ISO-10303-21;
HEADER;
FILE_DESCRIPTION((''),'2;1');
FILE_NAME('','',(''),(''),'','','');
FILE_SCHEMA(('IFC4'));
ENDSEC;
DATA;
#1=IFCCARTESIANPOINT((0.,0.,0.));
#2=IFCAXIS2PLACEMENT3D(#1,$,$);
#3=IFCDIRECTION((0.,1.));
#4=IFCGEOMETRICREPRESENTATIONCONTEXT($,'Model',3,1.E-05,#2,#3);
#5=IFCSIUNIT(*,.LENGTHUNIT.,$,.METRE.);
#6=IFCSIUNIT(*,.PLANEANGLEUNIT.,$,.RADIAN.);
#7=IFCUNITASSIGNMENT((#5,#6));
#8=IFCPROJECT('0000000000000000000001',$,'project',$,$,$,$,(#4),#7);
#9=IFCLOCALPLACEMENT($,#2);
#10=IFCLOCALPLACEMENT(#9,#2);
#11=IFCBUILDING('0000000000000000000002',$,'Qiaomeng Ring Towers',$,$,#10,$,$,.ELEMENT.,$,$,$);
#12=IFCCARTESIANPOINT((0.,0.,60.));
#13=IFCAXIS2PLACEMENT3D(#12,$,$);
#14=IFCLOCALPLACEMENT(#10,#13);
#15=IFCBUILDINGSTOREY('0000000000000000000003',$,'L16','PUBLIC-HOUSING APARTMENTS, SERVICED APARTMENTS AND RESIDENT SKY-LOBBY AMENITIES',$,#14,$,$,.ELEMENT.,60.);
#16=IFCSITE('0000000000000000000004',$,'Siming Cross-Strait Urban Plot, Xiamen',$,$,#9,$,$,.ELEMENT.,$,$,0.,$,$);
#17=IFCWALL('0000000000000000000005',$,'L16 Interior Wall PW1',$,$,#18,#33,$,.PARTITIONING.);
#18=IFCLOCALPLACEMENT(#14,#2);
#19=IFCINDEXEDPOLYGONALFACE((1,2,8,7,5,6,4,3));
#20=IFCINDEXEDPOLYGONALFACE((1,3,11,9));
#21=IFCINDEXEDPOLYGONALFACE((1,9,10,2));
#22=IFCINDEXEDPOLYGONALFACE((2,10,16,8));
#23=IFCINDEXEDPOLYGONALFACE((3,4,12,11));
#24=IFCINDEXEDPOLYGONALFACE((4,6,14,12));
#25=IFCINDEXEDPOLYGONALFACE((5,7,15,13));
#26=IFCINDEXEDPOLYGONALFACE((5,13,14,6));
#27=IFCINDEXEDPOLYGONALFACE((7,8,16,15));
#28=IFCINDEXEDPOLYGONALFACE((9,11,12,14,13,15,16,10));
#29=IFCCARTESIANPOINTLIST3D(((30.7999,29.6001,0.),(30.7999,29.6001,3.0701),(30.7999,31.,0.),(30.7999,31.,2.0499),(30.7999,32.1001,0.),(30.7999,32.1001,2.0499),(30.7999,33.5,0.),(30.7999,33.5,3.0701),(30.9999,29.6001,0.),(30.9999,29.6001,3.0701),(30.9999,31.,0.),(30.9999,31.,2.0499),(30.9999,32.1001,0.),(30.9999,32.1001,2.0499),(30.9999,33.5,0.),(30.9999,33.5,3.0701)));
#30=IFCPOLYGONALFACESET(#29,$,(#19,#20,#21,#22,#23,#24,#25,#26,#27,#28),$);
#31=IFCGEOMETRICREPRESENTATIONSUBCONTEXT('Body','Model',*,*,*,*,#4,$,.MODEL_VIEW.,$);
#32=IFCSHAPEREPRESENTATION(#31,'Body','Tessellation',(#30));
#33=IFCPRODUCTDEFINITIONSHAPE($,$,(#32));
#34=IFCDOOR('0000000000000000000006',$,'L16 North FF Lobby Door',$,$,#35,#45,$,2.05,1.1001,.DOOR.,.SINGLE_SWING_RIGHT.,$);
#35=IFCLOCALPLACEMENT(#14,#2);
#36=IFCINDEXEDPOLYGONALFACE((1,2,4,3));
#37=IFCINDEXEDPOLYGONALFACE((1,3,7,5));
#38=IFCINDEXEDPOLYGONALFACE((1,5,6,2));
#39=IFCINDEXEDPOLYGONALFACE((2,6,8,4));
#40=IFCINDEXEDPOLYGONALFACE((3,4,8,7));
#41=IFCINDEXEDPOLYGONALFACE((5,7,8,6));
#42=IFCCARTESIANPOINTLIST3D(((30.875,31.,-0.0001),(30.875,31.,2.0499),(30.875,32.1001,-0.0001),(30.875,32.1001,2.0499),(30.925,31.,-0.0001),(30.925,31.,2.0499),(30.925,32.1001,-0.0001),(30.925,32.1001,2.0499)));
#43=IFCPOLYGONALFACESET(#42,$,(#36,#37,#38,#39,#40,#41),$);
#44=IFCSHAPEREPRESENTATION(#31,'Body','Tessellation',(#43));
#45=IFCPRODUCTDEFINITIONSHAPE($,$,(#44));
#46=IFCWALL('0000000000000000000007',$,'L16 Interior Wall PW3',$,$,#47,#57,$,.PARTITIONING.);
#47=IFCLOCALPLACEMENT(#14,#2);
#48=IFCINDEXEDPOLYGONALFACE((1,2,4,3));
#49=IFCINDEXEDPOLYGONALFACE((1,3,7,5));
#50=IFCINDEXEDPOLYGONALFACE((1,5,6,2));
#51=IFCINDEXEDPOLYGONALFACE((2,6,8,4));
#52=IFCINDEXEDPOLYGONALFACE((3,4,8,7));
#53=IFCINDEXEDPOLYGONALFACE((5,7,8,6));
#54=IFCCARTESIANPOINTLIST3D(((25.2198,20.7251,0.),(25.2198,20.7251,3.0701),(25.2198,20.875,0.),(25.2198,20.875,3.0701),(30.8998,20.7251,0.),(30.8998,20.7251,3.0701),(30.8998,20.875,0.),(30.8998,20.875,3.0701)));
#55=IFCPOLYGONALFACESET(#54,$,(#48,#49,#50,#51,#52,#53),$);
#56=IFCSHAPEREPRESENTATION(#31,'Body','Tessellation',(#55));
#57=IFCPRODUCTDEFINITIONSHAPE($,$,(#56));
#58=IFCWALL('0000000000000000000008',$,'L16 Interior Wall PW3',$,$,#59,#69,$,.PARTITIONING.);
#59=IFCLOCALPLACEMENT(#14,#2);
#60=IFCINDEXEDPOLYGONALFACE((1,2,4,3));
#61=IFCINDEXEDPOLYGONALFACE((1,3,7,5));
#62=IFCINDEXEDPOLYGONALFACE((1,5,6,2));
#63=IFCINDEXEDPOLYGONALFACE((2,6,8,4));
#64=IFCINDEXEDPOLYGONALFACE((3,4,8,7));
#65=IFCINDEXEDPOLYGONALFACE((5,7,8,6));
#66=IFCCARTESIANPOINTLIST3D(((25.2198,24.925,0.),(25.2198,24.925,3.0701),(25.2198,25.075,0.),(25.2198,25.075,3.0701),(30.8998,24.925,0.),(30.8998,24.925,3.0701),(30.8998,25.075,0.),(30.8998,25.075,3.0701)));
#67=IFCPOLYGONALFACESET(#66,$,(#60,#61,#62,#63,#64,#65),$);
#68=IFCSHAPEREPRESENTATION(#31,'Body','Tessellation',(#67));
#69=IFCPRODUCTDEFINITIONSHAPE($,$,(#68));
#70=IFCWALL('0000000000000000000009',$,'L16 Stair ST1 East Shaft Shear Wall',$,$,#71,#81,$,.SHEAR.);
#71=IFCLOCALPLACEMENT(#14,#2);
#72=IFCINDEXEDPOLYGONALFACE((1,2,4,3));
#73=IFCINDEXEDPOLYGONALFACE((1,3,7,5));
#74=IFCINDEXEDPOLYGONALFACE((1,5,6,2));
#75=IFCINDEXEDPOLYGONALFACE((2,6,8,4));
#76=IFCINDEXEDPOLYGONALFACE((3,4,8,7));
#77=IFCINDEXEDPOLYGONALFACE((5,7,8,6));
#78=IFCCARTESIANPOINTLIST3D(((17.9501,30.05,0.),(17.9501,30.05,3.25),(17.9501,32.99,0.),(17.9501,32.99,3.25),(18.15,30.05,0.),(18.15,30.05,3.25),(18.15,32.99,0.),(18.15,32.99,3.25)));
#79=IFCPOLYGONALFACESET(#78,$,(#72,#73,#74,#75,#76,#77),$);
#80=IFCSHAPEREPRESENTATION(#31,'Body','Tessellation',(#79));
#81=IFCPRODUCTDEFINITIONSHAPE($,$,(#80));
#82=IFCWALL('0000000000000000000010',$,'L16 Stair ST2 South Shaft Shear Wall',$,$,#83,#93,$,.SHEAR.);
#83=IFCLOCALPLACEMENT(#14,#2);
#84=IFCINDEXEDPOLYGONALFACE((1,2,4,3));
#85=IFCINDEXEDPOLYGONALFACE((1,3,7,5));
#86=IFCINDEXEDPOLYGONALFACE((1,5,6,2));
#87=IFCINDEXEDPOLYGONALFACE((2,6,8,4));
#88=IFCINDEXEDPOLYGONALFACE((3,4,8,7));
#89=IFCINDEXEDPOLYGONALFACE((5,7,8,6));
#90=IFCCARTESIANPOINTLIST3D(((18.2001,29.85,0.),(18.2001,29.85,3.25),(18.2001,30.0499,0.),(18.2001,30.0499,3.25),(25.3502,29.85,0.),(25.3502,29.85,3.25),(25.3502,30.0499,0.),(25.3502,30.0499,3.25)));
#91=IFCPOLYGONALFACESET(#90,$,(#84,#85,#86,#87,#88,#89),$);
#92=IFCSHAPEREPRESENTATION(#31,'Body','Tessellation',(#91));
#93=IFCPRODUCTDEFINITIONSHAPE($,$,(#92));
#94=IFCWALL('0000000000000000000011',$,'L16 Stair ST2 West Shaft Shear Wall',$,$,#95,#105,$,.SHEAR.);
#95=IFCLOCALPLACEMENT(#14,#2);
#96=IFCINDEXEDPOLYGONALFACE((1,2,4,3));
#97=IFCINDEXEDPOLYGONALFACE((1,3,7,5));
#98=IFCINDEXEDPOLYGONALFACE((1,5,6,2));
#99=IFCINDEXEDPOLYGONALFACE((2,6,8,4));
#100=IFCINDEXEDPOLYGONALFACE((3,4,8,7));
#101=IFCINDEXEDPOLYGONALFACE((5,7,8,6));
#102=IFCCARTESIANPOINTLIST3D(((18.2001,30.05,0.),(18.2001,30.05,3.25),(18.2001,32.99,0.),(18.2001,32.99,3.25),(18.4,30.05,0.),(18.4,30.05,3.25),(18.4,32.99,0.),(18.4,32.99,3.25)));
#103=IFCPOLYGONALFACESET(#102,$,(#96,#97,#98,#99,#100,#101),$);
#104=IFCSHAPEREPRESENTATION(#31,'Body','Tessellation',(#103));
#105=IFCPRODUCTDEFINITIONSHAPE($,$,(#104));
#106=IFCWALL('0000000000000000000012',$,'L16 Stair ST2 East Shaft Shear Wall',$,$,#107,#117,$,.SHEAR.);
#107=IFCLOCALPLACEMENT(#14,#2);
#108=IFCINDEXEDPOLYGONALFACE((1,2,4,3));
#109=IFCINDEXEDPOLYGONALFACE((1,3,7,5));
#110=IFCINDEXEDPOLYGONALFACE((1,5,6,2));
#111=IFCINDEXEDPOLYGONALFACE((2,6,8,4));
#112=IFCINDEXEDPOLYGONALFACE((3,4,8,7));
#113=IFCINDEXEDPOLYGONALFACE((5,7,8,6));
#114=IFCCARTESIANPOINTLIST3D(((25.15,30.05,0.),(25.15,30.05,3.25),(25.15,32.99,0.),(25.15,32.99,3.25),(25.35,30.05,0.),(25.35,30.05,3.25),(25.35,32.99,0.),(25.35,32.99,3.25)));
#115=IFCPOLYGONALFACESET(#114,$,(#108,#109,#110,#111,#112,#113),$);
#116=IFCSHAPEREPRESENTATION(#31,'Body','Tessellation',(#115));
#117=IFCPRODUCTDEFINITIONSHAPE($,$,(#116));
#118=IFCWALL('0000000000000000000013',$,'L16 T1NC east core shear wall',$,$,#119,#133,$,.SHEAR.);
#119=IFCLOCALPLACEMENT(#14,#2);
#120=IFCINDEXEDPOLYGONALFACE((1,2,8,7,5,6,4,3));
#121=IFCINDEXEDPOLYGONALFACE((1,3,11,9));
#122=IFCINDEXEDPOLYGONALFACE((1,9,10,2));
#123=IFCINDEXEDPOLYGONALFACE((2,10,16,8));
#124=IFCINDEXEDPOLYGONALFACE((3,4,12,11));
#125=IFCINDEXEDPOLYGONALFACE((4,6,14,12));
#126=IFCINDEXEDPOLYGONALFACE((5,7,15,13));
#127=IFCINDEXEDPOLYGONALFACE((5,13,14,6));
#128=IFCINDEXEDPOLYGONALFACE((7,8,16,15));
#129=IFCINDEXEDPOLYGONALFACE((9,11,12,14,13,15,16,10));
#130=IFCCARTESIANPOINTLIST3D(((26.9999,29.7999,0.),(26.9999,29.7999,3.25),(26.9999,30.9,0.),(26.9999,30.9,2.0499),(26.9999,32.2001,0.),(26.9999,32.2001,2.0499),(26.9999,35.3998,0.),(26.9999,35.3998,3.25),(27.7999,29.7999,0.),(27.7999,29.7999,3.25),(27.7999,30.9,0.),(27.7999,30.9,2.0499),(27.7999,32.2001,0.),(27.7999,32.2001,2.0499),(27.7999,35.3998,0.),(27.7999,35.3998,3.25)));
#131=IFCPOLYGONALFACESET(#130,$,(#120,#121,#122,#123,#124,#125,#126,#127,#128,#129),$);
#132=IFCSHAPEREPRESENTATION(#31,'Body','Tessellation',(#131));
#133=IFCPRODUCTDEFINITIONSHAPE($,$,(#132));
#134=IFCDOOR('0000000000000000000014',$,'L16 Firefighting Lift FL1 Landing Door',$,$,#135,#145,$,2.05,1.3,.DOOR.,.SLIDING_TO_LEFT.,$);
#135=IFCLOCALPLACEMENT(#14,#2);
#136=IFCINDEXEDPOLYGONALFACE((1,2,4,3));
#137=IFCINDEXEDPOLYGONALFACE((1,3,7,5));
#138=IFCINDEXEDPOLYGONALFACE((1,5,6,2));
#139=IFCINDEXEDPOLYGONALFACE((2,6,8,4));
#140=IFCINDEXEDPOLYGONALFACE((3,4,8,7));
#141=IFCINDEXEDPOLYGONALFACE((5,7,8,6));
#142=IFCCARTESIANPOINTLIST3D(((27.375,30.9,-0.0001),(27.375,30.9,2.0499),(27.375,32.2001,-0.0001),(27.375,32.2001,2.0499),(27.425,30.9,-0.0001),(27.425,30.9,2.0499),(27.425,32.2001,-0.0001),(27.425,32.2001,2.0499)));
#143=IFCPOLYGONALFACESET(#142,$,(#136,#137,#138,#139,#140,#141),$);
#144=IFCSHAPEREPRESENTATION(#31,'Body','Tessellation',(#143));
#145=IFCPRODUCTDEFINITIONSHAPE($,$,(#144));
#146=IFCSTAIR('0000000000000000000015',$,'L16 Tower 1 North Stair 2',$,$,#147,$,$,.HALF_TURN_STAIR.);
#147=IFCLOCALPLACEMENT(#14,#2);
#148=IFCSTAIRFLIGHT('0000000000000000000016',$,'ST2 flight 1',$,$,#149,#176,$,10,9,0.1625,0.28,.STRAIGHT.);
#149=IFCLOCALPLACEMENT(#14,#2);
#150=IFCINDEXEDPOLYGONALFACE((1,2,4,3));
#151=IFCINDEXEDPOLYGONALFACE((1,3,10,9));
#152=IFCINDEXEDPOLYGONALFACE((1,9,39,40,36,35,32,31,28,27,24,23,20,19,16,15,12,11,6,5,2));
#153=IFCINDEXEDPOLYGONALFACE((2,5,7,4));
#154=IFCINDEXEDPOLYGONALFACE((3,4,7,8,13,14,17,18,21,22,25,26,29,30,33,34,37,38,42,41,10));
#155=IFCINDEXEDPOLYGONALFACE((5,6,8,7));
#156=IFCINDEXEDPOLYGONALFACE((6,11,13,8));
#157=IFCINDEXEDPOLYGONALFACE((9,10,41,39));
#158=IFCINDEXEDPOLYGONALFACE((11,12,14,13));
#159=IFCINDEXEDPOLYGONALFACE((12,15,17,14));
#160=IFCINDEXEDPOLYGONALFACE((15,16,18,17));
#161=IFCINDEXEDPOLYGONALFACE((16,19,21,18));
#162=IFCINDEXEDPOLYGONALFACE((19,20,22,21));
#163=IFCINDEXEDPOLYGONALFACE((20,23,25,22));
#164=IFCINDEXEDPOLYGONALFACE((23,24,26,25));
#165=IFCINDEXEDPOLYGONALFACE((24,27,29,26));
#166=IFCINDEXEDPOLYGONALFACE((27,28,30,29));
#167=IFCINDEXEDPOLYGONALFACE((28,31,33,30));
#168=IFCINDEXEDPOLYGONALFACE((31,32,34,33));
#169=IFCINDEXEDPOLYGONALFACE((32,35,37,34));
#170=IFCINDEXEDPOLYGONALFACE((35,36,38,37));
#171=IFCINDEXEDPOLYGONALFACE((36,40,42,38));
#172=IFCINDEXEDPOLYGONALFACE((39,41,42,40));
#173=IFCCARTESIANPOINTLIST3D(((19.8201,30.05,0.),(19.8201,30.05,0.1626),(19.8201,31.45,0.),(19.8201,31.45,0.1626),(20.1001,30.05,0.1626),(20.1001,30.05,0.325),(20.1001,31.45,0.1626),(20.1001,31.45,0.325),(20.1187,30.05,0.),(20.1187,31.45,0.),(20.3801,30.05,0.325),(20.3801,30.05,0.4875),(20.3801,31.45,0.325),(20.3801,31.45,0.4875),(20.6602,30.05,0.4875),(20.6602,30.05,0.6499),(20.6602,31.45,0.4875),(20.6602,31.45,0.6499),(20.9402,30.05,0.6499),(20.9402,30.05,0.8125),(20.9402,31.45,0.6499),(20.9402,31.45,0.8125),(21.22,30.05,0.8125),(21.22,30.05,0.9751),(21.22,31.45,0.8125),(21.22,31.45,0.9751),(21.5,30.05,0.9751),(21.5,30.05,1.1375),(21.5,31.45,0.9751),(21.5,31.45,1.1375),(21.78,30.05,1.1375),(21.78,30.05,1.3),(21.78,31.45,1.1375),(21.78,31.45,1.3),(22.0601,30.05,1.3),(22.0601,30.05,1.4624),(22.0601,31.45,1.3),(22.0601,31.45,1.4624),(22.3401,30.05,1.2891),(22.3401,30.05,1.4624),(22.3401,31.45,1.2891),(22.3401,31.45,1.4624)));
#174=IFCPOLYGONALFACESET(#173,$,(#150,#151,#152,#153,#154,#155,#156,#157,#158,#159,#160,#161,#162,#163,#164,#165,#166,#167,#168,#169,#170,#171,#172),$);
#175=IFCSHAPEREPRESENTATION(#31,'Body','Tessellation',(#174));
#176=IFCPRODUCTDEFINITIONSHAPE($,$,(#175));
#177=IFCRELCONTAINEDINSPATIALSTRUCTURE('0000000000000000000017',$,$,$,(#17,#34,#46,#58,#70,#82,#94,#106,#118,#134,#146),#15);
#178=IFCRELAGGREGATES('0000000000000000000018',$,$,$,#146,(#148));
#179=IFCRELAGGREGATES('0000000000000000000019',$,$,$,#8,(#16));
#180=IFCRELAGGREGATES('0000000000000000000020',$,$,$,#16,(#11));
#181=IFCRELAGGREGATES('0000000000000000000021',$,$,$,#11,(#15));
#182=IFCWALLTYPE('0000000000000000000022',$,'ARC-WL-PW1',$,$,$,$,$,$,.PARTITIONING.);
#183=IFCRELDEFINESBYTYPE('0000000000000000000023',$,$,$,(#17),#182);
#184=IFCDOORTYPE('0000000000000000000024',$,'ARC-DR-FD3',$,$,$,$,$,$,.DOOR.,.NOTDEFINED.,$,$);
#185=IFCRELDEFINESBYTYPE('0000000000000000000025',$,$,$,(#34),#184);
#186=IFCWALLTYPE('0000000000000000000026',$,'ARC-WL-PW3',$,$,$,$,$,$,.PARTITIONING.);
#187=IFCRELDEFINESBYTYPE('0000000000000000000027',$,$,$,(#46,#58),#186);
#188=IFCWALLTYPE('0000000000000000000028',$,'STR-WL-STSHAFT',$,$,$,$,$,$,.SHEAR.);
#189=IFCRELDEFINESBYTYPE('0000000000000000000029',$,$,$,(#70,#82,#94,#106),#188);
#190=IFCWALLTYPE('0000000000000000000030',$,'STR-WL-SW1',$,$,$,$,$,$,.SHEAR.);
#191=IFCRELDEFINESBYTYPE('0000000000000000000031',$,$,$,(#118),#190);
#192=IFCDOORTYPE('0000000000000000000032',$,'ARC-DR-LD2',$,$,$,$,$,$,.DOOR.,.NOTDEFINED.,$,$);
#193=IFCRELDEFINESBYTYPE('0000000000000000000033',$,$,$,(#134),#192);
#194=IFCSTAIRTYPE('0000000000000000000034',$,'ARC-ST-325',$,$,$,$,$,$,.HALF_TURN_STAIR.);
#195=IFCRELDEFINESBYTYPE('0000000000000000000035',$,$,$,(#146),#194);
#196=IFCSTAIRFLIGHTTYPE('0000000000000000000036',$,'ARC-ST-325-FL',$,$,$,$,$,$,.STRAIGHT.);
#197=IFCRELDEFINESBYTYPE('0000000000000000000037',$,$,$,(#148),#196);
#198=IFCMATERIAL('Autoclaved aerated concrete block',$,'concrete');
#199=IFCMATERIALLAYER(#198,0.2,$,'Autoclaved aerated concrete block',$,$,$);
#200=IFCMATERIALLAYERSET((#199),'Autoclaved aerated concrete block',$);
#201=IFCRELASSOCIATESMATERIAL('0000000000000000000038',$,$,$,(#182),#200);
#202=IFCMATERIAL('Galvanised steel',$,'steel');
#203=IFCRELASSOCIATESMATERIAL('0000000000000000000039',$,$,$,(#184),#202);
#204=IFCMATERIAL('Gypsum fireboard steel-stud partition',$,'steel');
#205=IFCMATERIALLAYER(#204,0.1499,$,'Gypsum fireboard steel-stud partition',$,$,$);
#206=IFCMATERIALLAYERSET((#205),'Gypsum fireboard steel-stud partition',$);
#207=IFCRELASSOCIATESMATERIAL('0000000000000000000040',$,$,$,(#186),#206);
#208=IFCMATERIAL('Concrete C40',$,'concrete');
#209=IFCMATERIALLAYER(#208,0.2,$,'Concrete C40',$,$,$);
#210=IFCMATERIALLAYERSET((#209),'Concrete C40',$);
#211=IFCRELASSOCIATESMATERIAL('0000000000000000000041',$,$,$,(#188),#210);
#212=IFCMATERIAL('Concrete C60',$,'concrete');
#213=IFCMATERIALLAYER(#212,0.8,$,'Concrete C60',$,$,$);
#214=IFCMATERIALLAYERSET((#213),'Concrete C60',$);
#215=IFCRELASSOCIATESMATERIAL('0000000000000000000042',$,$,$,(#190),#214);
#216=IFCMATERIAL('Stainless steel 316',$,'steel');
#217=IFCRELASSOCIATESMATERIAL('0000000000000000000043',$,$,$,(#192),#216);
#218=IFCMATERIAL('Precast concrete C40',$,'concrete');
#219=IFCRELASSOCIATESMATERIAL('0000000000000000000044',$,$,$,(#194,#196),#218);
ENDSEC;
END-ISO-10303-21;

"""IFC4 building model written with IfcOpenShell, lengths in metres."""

from ifc_helpers import new_model, si_unit, direction, frame, frame_2d, origin, place, context, subcontext, project, spatial, polyline, rectangle, outline, extrude, source, transform, mapped, material, layer, layer_set, type_object, element, fill, aggregate, save


model = new_model("IFC4")

# Units and contexts
model_context = context("Model", 3, precision=1e-05, world=origin(), true_north=direction((0.0, 1.0)))
body_context = subcontext(model_context, "Body", "Model", "MODEL_VIEW")
ifc_project = project(units=[si_unit("LENGTHUNIT", "METRE"), si_unit("PLANEANGLEUNIT", "RADIAN")], contexts=[model_context])

# Site, building, storey
site_placement = place(None, origin())
site = spatial("IfcSite", under=ifc_project, at=site_placement, Name="Siming Cross-Strait Urban Plot, Xiamen", CompositionType="ELEMENT", RefElevation=0.0)
building_placement = place(site_placement, origin())
building = spatial("IfcBuilding", under=site, at=building_placement, Name="Qiaomeng Ring Towers", CompositionType="ELEMENT")
storey_placement = place(building_placement, frame((0.0, 0.0, 60.0)))
storey = spatial("IfcBuildingStorey", under=building, at=storey_placement, Name="L16", Description="PUBLIC-HOUSING APARTMENTS, SERVICED APARTMENTS AND RESIDENT SKY-LOBBY AMENITIES", CompositionType="ELEMENT", Elevation=60.0)

# Shared definitions
ifc_material_1 = material(Name="Autoclaved aerated concrete block", Category="concrete")
ifc_layer_1 = layer(ifc_material_1, 0.2, Name="Autoclaved aerated concrete block")
ifc_layer_set_1 = layer_set([ifc_layer_1], Name="Autoclaved aerated concrete block")
wall_type_1 = type_object("IfcWallType", Name="ARC-WL-PW1", PredefinedType="PARTITIONING", material=ifc_layer_set_1)

# Wall, opening, door
wall_1_placement = place(storey_placement, frame((30.8999, 29.6001, 0.0), z_axis=(0.0, 0.0, 1.0), x_axis=(0.0, 1.0, 0.0)))
wall_1 = element("IfcWall", 1, at=wall_1_placement, inside=storey, type_object=wall_type_1, Name="L16 Interior Wall PW1", PredefinedType="PARTITIONING", context=body_context, shape_type="SweptSolid", body=[
    extrude(rectangle(XDim=3.8999, YDim=0.2, at=frame_2d((1.95, 0.0))), origin(), (0.0, 0.0, 1.0), 3.0701),
])
opening_1_placement = place(wall_1_placement, frame((1.3999, 0.0, 0.0)))
opening_1 = element("IfcOpeningElement", 2, at=opening_1_placement, cuts=wall_1, PredefinedType="OPENING", context=body_context, shape_type="SweptSolid", body=[
    extrude(rectangle(XDim=1.1001, YDim=2.05, at=frame_2d((0.55, 1.0249))), frame((0.0, 0.1099, 0.0), z_axis=(0.0, -1.0, 0.0), x_axis=(1.0, 0.0, 0.0)), (0.0, 0.0, 1.0), 0.22),
])
ifc_material_2 = material(Name="Galvanised steel", Category="steel")
door_type_1 = type_object("IfcDoorType", Name="ARC-DR-FD3", OperationType="NOTDEFINED", PredefinedType="DOOR", material=ifc_material_2)
shared_shape_1 = source(origin(), body_context, "Body", "SweptSolid", [
    extrude(rectangle(XDim=1.1001, YDim=2.05, at=frame_2d((0.55, 1.0249))), frame((0.0, 0.0249, 0.0), z_axis=(0.0, -1.0, 0.0), x_axis=(1.0, 0.0, 0.0)), (0.0, 0.0, 1.0), 0.05),
])
door_1_placement = place(opening_1_placement, origin())
door_1 = element("IfcDoor", 3, at=door_1_placement, inside=storey, type_object=door_type_1, Name="L16 North FF Lobby Door", OperationType="SINGLE_SWING_RIGHT", OverallHeight=2.05, OverallWidth=1.1001, PredefinedType="DOOR", context=body_context, shape_type="MappedRepresentation", body=[
    mapped(shared_shape_1, transform((0.0, 0.0, 0.0), x_axis=(1.0, 0.0, 0.0), y_axis=(0.0, 1.0, 0.0), z_axis=(0.0, 0.0, 1.0), scale=1.0)),
])
fill(opening_1, door_1)

# Walls
ifc_material_3 = material(Name="Gypsum fireboard steel-stud partition", Category="steel")
ifc_layer_2 = layer(ifc_material_3, 0.1499, Name="Gypsum fireboard steel-stud partition")
ifc_layer_set_2 = layer_set([ifc_layer_2], Name="Gypsum fireboard steel-stud partition")
wall_type_2 = type_object("IfcWallType", Name="ARC-WL-PW3", PredefinedType="PARTITIONING", material=ifc_layer_set_2)
for number, where, z_axis, x_axis, name in (
    (4, (25.22, 20.8, 0.0), (0.0, 0.0, 1.0), (1.0, 0.0, 0.0), "L16 Interior Wall PW3"),
    (5, (25.22, 25.0, 0.0), (0.0, 0.0, 1.0), (1.0, 0.0, 0.0), "L16 Interior Wall PW3"),
):
    element("IfcWall", number, at=place(storey_placement, frame(where, z_axis=z_axis, x_axis=x_axis)), inside=storey, type_object=wall_type_2, Name=name, PredefinedType="PARTITIONING", context=body_context, shape_type="SweptSolid", body=[
        extrude(rectangle(XDim=5.6799, YDim=0.1499, at=frame_2d((2.8398, 0.0))), origin(), (0.0, 0.0, 1.0), 3.0701),
    ])
ifc_material_4 = material(Name="Concrete C40", Category="concrete")
ifc_layer_3 = layer(ifc_material_4, 0.2, Name="Concrete C40")
ifc_layer_set_3 = layer_set([ifc_layer_3], Name="Concrete C40")
wall_type_3 = type_object("IfcWallType", Name="STR-WL-STSHAFT", PredefinedType="SHEAR", material=ifc_layer_set_3)
wall_2_placement = place(storey_placement, frame((18.05, 30.05, 0.0), z_axis=(0.0, 0.0, 1.0), x_axis=(0.0, 1.0, 0.0)))
element("IfcWall", 6, at=wall_2_placement, inside=storey, type_object=wall_type_3, Name="L16 Stair ST1 East Shaft Shear Wall", PredefinedType="SHEAR", context=body_context, shape_type="SweptSolid", body=[
    extrude(rectangle(XDim=2.9399, YDim=0.2, at=frame_2d((1.47, 0.0))), origin(), (0.0, 0.0, 1.0), 3.25),
])
wall_3_placement = place(storey_placement, frame((18.2, 29.95, 0.0), z_axis=(0.0, 0.0, 1.0), x_axis=(1.0, 0.0, 0.0)))
element("IfcWall", 7, at=wall_3_placement, inside=storey, type_object=wall_type_3, Name="L16 Stair ST2 South Shaft Shear Wall", PredefinedType="SHEAR", context=body_context, shape_type="SweptSolid", body=[
    extrude(rectangle(XDim=7.1501, YDim=0.2, at=frame_2d((3.5752, 0.0))), origin(), (0.0, 0.0, 1.0), 3.25),
])
for number, where, z_axis, x_axis, name in (
    (8, (18.3, 30.05, 0.0), (0.0, 0.0, 1.0), (0.0, 1.0, 0.0), "L16 Stair ST2 West Shaft Shear Wall"),
    (9, (25.25, 30.05, 0.0), (0.0, 0.0, 1.0), (0.0, 1.0, 0.0), "L16 Stair ST2 East Shaft Shear Wall"),
):
    element("IfcWall", number, at=place(storey_placement, frame(where, z_axis=z_axis, x_axis=x_axis)), inside=storey, type_object=wall_type_3, Name=name, PredefinedType="SHEAR", context=body_context, shape_type="SweptSolid", body=[
        extrude(rectangle(XDim=2.9399, YDim=0.2, at=frame_2d((1.47, 0.0))), origin(), (0.0, 0.0, 1.0), 3.25),
    ])

# Wall, opening, door
ifc_material_5 = material(Name="Concrete C60", Category="concrete")
ifc_layer_4 = layer(ifc_material_5, 0.8, Name="Concrete C60")
ifc_layer_set_4 = layer_set([ifc_layer_4], Name="Concrete C60")
wall_type_4 = type_object("IfcWallType", Name="STR-WL-SW1", PredefinedType="SHEAR", material=ifc_layer_set_4)
wall_4_placement = place(storey_placement, frame((27.3999, 29.8, 0.0), z_axis=(0.0, 0.0, 1.0), x_axis=(0.0, 1.0, 0.0)))
wall_4 = element("IfcWall", 10, at=wall_4_placement, inside=storey, type_object=wall_type_4, Name="L16 T1NC east core shear wall", PredefinedType="SHEAR", context=body_context, shape_type="SweptSolid", body=[
    extrude(rectangle(XDim=5.5999, YDim=0.8, at=frame_2d((2.7998, 0.0))), origin(), (0.0, 0.0, 1.0), 3.25),
])
opening_2_placement = place(wall_4_placement, frame((1.1001, 0.0, 0.0)))
opening_2 = element("IfcOpeningElement", 11, at=opening_2_placement, cuts=wall_4, PredefinedType="OPENING", context=body_context, shape_type="SweptSolid", body=[
    extrude(rectangle(XDim=1.3, YDim=2.05, at=frame_2d((0.6499, 1.0249))), frame((0.0, 0.4099, 0.0), z_axis=(0.0, -1.0, 0.0), x_axis=(1.0, 0.0, 0.0)), (0.0, 0.0, 1.0), 0.8201),
])
ifc_material_6 = material(Name="Stainless steel 316", Category="steel")
door_type_2 = type_object("IfcDoorType", Name="ARC-DR-LD2", OperationType="NOTDEFINED", PredefinedType="DOOR", material=ifc_material_6)
shared_shape_2 = source(origin(), body_context, "Body", "SweptSolid", [
    extrude(rectangle(XDim=1.3, YDim=2.05, at=frame_2d((0.6499, 1.0249))), frame((0.0, 0.0249, 0.0), z_axis=(0.0, -1.0, 0.0), x_axis=(1.0, 0.0, 0.0)), (0.0, 0.0, 1.0), 0.05),
])
door_2_placement = place(opening_2_placement, origin())
door_2 = element("IfcDoor", 12, at=door_2_placement, inside=storey, type_object=door_type_2, Name="L16 Firefighting Lift FL1 Landing Door", OperationType="SLIDING_TO_LEFT", OverallHeight=2.05, OverallWidth=1.3, PredefinedType="DOOR", context=body_context, shape_type="MappedRepresentation", body=[
    mapped(shared_shape_2, transform((0.0, 0.0, 0.0), x_axis=(1.0, 0.0, 0.0), y_axis=(0.0, 1.0, 0.0), z_axis=(0.0, 0.0, 1.0), scale=1.0)),
])
fill(opening_2, door_2)

# Stair, stair flight
ifc_material_7 = material(Name="Precast concrete C40", Category="concrete")
stair_type = type_object("IfcStairType", Name="ARC-ST-325", PredefinedType="HALF_TURN_STAIR", material=ifc_material_7)
stair_placement = place(storey_placement, origin())
stair = element("IfcStair", 13, at=stair_placement, inside=storey, type_object=stair_type, Name="L16 Tower 1 North Stair 2", PredefinedType="HALF_TURN_STAIR")
stair_flight_type = type_object("IfcStairFlightType", Name="ARC-ST-325-FL", PredefinedType="STRAIGHT", material=ifc_material_7)
shared_shape_3 = source(origin(), body_context, "Body", "SweptSolid", [
    extrude(outline(polyline([(0.0, 0.0), (0.0, 0.1626), (0.28, 0.1626), (0.28, 0.325), (0.5601, 0.325), (0.5601, 0.4875), (0.8401, 0.4875), (0.8401, 0.6499), (1.1201, 0.6499), (1.1201, 0.8125), (1.3999, 0.8125), (1.3999, 0.9751), (1.6799, 0.9751), (1.6799, 1.1375), (1.96, 1.1375), (1.96, 1.3), (2.24, 1.3), (2.24, 1.4624), (2.52, 1.4624), (2.52, 1.625), (2.52, 1.2891), (0.2986, 0.0), (0.0, 0.0)])), frame((0.0, 0.7, 0.0), z_axis=(0.0, -1.0, 0.0), x_axis=(1.0, 0.0, 0.0)), (0.0, 0.0, 1.0), 1.3999),
])
stair_flight_placement = place(storey_placement, frame((19.8201, 30.75, 0.0), z_axis=(0.0, 0.0, 1.0), x_axis=(1.0, 0.0, 0.0)))
stair_flight = element("IfcStairFlight", 14, at=stair_flight_placement, type_object=stair_flight_type, Name="ST2 flight 1", NumberOfRisers=10, NumberOfTreads=9, PredefinedType="STRAIGHT", RiserHeight=0.1625, TreadLength=0.28, context=body_context, shape_type="MappedRepresentation", body=[
    mapped(shared_shape_3, transform((0.0, 0.0, 0.0), x_axis=(1.0, 0.0, 0.0), y_axis=(0.0, 1.0, 0.0), z_axis=(0.0, 0.0, 1.0), scale=1.0)),
])
aggregate(stair, [stair_flight])

save(model, "model.ifc")
